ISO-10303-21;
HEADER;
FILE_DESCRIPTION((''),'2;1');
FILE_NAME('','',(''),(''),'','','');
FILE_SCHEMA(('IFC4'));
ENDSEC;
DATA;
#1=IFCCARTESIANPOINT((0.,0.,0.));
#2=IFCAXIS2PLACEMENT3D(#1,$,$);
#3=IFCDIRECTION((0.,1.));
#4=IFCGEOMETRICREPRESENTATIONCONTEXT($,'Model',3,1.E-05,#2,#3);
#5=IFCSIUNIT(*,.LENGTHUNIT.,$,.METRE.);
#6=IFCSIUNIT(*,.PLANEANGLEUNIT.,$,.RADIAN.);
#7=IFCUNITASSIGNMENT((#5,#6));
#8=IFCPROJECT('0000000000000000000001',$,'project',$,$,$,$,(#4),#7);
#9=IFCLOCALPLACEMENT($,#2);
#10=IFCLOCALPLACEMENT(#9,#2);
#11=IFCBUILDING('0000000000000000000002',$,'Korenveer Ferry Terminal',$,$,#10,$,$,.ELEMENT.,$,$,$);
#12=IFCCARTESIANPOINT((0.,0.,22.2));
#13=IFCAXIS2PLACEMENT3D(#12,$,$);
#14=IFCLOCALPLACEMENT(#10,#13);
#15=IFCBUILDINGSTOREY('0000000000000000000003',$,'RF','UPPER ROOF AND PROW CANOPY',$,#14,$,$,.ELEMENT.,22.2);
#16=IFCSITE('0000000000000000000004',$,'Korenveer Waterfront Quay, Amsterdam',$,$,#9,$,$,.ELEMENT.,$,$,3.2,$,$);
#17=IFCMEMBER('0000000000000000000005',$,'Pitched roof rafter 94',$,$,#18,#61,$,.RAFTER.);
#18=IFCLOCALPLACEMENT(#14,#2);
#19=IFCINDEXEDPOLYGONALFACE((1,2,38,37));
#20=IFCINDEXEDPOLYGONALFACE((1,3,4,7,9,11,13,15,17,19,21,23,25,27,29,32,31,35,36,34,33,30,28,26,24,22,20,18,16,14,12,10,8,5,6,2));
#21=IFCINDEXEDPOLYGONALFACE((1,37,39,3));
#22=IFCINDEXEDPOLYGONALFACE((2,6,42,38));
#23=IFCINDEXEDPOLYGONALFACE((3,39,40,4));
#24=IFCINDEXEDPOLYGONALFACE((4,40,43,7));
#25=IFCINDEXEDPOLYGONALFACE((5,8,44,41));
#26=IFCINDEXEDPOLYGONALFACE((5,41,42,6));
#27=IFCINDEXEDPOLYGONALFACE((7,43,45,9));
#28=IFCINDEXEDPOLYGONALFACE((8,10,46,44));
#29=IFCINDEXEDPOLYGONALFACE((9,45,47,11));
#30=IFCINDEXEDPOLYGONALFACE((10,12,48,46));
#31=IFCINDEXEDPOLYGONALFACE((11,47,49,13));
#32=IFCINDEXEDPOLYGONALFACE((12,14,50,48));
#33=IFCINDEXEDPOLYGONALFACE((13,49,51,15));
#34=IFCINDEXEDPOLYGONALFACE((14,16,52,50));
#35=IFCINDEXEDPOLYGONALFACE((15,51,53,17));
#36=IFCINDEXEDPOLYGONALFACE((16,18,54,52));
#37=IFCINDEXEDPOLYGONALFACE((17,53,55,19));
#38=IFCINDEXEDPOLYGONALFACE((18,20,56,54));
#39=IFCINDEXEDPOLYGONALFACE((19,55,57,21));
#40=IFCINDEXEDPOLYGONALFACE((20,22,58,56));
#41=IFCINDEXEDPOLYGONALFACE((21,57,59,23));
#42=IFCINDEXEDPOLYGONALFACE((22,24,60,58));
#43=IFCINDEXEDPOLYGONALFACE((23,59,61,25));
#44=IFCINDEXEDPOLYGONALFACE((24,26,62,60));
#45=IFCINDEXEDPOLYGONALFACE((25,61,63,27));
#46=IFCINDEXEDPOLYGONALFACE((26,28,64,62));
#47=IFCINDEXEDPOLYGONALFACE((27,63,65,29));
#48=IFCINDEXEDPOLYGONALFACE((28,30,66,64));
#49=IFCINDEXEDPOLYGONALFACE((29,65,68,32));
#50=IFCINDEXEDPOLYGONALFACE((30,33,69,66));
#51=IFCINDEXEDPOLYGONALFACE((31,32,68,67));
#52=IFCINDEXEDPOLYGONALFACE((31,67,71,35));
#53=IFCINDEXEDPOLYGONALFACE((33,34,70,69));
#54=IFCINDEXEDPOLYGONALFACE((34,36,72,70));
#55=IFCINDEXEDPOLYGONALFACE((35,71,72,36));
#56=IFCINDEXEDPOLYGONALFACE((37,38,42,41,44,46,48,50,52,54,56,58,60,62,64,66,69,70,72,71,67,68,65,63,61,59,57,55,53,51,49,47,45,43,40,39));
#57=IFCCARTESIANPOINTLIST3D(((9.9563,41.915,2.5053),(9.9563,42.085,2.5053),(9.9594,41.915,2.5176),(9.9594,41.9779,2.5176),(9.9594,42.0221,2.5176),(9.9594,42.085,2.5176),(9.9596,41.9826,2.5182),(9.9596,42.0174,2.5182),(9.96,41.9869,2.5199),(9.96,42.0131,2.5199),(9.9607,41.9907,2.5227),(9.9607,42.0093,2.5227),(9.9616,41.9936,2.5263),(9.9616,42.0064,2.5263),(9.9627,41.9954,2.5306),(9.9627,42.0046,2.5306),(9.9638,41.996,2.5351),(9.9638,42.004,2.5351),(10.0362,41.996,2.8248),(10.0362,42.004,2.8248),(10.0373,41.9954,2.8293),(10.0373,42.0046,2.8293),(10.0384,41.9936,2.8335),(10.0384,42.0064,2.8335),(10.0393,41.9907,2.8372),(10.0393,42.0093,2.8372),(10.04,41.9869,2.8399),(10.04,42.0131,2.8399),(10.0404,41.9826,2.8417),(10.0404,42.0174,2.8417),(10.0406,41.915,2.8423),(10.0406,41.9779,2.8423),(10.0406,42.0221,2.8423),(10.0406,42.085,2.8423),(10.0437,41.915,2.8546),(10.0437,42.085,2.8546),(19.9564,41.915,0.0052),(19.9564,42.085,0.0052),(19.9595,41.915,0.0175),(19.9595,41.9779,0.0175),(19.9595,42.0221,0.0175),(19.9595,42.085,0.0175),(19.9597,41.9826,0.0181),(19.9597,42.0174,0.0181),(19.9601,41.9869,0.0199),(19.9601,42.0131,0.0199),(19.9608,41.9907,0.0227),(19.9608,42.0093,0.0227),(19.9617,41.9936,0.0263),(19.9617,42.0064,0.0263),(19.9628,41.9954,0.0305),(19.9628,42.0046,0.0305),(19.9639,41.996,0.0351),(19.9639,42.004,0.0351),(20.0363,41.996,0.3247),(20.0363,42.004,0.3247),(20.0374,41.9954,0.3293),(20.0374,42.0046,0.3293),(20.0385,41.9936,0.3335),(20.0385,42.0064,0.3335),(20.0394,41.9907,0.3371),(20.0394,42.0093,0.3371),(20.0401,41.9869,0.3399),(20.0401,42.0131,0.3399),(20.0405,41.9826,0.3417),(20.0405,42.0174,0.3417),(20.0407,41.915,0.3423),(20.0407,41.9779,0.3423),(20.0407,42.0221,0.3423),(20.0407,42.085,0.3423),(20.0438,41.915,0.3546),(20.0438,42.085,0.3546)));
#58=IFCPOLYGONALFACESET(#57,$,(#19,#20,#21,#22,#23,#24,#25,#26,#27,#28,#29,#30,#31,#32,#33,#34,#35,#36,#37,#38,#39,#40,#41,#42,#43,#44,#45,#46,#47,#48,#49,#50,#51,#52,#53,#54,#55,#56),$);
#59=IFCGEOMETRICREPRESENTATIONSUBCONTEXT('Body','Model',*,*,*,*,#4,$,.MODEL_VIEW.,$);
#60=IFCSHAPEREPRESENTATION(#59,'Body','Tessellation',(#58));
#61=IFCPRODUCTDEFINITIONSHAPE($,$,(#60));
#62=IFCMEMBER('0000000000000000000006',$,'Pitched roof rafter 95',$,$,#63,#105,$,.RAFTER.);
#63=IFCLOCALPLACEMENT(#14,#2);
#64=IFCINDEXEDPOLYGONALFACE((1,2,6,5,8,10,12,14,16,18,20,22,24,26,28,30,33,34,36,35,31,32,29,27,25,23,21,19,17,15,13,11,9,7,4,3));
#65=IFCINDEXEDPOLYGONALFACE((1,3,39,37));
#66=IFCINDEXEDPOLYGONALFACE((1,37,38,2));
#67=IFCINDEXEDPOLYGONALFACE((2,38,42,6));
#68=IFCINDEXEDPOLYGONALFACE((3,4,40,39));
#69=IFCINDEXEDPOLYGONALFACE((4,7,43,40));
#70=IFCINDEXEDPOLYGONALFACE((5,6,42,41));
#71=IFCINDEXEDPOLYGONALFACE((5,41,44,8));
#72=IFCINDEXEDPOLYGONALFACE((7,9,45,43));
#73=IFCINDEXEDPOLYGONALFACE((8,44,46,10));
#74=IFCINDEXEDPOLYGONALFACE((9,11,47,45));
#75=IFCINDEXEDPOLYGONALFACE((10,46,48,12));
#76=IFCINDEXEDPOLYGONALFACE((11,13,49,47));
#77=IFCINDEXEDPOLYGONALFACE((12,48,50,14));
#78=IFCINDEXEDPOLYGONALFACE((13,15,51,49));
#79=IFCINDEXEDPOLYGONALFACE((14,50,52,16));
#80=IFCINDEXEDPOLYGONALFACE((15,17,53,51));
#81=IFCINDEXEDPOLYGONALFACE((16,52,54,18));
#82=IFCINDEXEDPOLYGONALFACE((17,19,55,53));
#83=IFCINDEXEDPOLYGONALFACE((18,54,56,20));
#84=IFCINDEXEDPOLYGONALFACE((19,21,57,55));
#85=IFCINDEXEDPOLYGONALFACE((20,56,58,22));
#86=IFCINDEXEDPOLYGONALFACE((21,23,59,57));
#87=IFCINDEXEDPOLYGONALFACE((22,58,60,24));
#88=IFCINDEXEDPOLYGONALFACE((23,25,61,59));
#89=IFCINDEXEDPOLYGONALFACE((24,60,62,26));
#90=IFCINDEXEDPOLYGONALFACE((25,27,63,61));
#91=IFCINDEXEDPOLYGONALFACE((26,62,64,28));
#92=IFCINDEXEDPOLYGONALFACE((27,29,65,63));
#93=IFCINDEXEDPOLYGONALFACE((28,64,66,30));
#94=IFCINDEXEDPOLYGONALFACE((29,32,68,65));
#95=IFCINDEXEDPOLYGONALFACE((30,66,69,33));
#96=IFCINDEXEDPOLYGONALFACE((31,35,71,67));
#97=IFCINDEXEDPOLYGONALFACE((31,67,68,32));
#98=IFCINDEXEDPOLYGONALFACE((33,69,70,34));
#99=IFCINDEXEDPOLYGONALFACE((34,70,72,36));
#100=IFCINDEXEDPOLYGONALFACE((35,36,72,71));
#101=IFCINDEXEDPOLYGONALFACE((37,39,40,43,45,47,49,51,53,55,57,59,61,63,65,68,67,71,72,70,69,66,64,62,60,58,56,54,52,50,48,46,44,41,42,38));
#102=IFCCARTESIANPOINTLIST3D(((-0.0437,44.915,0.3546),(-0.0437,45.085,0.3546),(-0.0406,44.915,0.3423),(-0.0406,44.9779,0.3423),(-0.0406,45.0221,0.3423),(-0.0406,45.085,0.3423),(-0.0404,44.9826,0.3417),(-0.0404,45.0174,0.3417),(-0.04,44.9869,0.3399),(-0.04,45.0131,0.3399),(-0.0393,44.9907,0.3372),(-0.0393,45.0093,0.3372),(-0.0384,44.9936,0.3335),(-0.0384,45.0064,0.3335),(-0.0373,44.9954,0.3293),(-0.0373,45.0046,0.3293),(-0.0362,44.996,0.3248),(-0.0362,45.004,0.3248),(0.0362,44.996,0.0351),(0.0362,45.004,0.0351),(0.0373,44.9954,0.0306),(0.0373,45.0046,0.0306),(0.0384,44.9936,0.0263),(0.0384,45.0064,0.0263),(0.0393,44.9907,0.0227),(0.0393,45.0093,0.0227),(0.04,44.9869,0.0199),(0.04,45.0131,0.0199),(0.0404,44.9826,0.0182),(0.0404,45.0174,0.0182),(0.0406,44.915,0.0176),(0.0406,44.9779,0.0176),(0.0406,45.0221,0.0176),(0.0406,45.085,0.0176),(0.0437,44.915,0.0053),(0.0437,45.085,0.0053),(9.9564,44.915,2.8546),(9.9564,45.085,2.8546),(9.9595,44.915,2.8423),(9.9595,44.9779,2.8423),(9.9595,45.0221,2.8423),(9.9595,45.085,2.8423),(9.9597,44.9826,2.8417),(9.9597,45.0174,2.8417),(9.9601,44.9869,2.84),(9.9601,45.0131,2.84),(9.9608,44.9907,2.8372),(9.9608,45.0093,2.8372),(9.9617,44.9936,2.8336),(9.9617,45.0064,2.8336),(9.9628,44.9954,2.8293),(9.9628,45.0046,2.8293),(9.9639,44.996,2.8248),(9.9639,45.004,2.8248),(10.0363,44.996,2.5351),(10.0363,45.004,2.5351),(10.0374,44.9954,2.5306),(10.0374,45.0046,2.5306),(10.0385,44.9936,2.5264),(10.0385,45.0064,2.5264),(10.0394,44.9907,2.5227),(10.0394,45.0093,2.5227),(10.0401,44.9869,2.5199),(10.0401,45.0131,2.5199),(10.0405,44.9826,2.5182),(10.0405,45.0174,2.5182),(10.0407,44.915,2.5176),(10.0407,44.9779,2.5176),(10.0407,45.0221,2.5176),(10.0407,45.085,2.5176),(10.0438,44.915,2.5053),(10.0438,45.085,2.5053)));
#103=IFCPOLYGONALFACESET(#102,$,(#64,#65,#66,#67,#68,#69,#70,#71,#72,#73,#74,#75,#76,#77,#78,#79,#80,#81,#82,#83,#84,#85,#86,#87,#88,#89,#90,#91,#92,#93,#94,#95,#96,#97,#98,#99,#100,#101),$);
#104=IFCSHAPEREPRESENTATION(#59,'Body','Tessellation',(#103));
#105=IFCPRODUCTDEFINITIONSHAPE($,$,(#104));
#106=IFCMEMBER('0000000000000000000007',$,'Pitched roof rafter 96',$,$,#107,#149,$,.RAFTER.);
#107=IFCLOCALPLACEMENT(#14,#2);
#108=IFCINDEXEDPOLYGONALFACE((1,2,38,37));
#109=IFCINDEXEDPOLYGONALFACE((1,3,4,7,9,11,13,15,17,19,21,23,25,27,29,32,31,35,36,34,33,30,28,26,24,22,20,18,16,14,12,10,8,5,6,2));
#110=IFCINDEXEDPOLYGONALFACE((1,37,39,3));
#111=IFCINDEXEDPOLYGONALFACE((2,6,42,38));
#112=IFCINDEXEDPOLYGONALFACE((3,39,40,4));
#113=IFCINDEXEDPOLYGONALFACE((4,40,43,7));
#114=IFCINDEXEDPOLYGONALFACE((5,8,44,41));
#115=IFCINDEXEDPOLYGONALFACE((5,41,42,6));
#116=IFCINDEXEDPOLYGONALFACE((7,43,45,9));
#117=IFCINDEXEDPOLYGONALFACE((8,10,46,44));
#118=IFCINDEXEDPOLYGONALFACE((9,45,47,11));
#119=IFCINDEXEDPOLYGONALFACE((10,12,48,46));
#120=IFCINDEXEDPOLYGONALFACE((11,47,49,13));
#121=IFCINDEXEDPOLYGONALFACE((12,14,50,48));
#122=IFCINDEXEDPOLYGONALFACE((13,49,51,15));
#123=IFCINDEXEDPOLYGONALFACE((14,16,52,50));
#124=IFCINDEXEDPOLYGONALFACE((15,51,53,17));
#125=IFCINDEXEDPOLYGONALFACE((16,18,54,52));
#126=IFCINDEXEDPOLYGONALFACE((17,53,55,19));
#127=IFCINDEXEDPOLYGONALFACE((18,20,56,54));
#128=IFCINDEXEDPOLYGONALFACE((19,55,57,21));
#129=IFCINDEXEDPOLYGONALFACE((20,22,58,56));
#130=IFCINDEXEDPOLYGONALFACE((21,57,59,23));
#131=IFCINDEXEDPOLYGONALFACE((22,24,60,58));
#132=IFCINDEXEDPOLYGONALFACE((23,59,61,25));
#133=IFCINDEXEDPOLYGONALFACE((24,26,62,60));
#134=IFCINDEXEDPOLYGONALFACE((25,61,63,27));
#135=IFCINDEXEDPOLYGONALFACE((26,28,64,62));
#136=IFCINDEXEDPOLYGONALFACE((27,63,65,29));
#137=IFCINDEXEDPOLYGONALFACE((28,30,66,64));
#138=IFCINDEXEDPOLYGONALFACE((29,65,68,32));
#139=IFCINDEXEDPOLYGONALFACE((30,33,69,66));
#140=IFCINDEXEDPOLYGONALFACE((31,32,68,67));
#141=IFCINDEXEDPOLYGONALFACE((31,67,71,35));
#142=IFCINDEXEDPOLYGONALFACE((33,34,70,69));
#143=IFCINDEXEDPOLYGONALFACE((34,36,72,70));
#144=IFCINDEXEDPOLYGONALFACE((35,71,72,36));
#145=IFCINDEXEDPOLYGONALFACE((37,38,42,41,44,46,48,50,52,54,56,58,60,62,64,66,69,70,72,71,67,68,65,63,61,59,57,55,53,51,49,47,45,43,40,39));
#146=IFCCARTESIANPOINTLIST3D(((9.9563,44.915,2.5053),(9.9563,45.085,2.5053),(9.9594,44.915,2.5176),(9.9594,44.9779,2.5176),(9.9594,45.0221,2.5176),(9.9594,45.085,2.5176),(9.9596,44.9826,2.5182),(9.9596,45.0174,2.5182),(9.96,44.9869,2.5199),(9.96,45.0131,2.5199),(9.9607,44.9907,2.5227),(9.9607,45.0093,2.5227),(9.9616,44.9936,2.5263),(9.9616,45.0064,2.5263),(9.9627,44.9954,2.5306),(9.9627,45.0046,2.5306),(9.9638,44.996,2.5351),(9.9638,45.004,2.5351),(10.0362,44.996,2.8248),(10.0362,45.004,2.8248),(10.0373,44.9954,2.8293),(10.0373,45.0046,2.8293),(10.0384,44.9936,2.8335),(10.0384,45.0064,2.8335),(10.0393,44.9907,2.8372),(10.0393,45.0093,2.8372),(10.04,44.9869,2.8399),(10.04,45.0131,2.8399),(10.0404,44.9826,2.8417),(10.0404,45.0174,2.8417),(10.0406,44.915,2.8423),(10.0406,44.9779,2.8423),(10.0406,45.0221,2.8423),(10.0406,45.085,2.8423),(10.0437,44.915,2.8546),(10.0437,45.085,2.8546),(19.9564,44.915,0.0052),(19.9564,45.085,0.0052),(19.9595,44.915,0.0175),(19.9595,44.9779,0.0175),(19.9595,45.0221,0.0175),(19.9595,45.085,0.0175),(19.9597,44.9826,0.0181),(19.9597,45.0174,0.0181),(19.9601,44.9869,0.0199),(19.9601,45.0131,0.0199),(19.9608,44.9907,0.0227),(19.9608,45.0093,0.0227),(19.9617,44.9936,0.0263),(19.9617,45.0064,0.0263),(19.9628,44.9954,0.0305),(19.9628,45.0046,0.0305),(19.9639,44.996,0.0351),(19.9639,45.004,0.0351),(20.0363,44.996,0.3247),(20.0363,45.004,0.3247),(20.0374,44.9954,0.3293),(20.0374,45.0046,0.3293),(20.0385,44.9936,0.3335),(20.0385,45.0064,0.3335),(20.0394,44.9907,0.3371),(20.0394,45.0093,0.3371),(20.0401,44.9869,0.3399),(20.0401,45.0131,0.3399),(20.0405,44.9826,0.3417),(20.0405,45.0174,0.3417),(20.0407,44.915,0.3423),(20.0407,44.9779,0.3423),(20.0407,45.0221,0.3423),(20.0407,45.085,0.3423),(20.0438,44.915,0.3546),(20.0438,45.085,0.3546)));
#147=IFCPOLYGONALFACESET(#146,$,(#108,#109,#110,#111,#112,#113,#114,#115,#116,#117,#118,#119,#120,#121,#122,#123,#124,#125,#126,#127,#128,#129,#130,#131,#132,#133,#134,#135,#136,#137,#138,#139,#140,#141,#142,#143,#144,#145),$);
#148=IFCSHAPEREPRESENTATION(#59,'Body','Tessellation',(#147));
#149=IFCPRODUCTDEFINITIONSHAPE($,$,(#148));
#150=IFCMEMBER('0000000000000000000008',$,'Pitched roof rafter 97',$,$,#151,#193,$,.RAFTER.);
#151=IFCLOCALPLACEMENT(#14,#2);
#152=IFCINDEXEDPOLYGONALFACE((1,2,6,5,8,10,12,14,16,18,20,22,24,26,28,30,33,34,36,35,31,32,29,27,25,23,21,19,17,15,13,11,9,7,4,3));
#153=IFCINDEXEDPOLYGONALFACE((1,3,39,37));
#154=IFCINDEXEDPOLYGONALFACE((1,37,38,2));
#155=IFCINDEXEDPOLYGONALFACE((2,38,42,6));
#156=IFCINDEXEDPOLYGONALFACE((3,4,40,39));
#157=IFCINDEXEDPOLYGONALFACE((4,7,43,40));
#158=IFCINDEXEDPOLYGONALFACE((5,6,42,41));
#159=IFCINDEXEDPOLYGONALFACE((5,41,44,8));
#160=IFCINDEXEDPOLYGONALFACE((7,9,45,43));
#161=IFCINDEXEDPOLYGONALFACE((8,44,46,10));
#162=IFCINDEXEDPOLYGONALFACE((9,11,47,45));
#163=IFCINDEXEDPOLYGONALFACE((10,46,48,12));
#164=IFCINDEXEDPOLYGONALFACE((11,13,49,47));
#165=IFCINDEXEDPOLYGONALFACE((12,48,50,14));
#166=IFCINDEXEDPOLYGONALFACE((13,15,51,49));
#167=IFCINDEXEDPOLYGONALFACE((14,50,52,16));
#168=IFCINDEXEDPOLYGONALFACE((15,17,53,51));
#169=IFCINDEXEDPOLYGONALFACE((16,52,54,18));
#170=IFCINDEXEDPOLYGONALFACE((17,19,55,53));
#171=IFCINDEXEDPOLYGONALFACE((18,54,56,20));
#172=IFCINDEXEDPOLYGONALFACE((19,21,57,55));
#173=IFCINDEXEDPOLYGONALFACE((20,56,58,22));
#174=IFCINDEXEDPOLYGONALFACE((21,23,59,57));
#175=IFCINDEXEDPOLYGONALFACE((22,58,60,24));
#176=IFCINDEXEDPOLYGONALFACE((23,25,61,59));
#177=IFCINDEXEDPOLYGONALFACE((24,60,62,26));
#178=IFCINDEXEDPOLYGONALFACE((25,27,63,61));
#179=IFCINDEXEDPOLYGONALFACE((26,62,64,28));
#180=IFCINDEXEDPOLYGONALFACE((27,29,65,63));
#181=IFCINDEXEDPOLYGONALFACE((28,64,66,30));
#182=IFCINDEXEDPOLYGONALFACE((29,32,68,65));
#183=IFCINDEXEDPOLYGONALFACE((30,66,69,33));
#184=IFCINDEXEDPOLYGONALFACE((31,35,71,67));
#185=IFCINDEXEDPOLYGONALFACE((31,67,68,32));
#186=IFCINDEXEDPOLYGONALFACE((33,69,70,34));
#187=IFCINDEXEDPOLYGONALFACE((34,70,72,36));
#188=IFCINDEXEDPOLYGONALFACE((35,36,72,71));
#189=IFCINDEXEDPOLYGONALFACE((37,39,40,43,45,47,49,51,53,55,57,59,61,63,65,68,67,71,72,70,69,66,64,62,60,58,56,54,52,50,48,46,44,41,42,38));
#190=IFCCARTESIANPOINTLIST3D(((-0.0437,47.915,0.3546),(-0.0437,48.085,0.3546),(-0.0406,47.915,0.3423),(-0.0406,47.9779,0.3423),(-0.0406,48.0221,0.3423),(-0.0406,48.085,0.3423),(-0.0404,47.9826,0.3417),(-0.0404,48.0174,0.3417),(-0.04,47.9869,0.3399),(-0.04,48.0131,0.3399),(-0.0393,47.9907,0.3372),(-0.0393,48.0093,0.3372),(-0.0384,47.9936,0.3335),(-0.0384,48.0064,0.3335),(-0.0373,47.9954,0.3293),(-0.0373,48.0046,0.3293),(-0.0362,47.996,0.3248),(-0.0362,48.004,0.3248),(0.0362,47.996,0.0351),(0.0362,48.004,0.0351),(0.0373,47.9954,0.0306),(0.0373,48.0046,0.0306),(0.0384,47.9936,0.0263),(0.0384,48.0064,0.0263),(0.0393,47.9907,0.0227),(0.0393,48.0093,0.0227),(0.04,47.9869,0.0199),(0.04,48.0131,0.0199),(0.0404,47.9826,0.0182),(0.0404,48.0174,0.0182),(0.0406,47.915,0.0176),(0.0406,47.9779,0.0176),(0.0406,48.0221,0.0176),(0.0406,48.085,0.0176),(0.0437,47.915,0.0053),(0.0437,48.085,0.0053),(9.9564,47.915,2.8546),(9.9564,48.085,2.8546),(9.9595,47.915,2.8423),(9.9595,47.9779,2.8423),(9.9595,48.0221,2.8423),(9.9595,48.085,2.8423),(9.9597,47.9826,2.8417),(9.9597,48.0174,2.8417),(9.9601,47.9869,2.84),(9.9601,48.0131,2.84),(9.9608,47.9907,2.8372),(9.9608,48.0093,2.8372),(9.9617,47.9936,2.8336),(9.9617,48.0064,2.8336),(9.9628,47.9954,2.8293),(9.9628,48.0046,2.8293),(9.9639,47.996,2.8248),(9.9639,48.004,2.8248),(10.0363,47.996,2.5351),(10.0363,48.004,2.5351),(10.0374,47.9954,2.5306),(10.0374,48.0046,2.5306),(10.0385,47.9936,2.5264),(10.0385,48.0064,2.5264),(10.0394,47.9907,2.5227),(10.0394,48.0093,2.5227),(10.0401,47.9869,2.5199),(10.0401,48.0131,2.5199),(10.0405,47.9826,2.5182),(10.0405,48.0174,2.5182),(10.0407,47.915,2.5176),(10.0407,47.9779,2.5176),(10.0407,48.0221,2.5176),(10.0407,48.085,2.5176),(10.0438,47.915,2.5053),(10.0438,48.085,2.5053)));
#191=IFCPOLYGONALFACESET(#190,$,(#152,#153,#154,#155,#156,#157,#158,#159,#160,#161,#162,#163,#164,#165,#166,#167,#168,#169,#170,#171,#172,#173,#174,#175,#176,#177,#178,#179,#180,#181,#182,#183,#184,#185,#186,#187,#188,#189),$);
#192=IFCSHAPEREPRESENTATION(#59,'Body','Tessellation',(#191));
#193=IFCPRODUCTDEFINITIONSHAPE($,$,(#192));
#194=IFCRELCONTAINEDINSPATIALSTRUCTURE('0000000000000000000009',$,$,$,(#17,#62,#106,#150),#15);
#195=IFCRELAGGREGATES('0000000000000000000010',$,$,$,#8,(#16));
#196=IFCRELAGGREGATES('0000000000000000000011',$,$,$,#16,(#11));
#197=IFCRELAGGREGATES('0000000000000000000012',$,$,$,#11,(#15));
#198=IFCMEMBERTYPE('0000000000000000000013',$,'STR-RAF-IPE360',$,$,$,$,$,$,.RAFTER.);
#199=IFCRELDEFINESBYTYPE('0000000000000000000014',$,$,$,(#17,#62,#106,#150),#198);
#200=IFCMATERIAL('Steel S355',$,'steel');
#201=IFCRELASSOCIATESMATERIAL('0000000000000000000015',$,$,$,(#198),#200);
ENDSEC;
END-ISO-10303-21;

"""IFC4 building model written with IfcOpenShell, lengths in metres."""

from ifc_helpers import new_model, si_unit, direction, frame, origin, origin_2d, place, context, subcontext, project, spatial, i_section, extrude, material, material_profile, profile_set, type_object, element, save


model = new_model("IFC4")

# Units and contexts
model_context = context("Model", 3, precision=1e-05, world=origin(), true_north=direction((0.0, 1.0)))
body_context = subcontext(model_context, "Body", "Model", "MODEL_VIEW")
ifc_project = project(units=[si_unit("LENGTHUNIT", "METRE"), si_unit("PLANEANGLEUNIT", "RADIAN")], contexts=[model_context])

# Site, building, storey
site_placement = place(None, origin())
site = spatial("IfcSite", under=ifc_project, at=site_placement, Name="Korenveer Waterfront Quay, Amsterdam", CompositionType="ELEMENT", RefElevation=3.2)
building_placement = place(site_placement, origin())
building = spatial("IfcBuilding", under=site, at=building_placement, Name="Korenveer Ferry Terminal", CompositionType="ELEMENT")
storey_placement = place(building_placement, frame((0.0, 0.0, 22.2)))
storey = spatial("IfcBuildingStorey", under=building, at=storey_placement, Name="RF", Description="UPPER ROOF AND PROW CANOPY", CompositionType="ELEMENT", Elevation=22.2)

# Shared definitions
ifc_material_1 = material(Name="Steel S355", Category="steel")

# Members
ifc_material_profile_1 = material_profile(ifc_material_1, i_section(OverallWidth=0.1699, OverallDepth=0.3601, WebThickness=0.0081, FlangeThickness=0.0127, FilletRadius=0.0181, at=origin_2d()), Name="IPE 360")
ifc_profile_set_1 = profile_set([ifc_material_profile_1], Name="Steel S355")
member_type_1 = type_object("IfcMemberType", Name="STR-RAF-IPE360", PredefinedType="RAFTER", material=ifc_profile_set_1)
for number, where, z_axis, x_axis, name in (
    (1, (10.0, 42.0, 2.6799), (0.970143, 0.0, -0.242536), (0.0, 1.0, 0.0), "Pitched roof rafter 94"),
    (2, (0.0, 45.0, 0.1799), (0.970143, 0.0, 0.242536), (0.0, 1.0, 0.0), "Pitched roof rafter 95"),
    (3, (10.0, 45.0, 2.6799), (0.970143, 0.0, -0.242536), (0.0, 1.0, 0.0), "Pitched roof rafter 96"),
    (4, (0.0, 48.0, 0.1799), (0.970143, 0.0, 0.242536), (0.0, 1.0, 0.0), "Pitched roof rafter 97"),
):
    element("IfcMember", number, at=place(storey_placement, frame(where, z_axis=z_axis, x_axis=x_axis)), inside=storey, type_object=member_type_1, Name=name, PredefinedType="RAFTER", context=body_context, shape_type="SweptSolid", body=[
        extrude(i_section(OverallWidth=0.1699, OverallDepth=0.3601, WebThickness=0.0081, FlangeThickness=0.0127, FilletRadius=0.0181, at=origin_2d()), origin(), (0.0, 0.0, 1.0), 10.3079),
    ])

save(model, "model.ifc")
